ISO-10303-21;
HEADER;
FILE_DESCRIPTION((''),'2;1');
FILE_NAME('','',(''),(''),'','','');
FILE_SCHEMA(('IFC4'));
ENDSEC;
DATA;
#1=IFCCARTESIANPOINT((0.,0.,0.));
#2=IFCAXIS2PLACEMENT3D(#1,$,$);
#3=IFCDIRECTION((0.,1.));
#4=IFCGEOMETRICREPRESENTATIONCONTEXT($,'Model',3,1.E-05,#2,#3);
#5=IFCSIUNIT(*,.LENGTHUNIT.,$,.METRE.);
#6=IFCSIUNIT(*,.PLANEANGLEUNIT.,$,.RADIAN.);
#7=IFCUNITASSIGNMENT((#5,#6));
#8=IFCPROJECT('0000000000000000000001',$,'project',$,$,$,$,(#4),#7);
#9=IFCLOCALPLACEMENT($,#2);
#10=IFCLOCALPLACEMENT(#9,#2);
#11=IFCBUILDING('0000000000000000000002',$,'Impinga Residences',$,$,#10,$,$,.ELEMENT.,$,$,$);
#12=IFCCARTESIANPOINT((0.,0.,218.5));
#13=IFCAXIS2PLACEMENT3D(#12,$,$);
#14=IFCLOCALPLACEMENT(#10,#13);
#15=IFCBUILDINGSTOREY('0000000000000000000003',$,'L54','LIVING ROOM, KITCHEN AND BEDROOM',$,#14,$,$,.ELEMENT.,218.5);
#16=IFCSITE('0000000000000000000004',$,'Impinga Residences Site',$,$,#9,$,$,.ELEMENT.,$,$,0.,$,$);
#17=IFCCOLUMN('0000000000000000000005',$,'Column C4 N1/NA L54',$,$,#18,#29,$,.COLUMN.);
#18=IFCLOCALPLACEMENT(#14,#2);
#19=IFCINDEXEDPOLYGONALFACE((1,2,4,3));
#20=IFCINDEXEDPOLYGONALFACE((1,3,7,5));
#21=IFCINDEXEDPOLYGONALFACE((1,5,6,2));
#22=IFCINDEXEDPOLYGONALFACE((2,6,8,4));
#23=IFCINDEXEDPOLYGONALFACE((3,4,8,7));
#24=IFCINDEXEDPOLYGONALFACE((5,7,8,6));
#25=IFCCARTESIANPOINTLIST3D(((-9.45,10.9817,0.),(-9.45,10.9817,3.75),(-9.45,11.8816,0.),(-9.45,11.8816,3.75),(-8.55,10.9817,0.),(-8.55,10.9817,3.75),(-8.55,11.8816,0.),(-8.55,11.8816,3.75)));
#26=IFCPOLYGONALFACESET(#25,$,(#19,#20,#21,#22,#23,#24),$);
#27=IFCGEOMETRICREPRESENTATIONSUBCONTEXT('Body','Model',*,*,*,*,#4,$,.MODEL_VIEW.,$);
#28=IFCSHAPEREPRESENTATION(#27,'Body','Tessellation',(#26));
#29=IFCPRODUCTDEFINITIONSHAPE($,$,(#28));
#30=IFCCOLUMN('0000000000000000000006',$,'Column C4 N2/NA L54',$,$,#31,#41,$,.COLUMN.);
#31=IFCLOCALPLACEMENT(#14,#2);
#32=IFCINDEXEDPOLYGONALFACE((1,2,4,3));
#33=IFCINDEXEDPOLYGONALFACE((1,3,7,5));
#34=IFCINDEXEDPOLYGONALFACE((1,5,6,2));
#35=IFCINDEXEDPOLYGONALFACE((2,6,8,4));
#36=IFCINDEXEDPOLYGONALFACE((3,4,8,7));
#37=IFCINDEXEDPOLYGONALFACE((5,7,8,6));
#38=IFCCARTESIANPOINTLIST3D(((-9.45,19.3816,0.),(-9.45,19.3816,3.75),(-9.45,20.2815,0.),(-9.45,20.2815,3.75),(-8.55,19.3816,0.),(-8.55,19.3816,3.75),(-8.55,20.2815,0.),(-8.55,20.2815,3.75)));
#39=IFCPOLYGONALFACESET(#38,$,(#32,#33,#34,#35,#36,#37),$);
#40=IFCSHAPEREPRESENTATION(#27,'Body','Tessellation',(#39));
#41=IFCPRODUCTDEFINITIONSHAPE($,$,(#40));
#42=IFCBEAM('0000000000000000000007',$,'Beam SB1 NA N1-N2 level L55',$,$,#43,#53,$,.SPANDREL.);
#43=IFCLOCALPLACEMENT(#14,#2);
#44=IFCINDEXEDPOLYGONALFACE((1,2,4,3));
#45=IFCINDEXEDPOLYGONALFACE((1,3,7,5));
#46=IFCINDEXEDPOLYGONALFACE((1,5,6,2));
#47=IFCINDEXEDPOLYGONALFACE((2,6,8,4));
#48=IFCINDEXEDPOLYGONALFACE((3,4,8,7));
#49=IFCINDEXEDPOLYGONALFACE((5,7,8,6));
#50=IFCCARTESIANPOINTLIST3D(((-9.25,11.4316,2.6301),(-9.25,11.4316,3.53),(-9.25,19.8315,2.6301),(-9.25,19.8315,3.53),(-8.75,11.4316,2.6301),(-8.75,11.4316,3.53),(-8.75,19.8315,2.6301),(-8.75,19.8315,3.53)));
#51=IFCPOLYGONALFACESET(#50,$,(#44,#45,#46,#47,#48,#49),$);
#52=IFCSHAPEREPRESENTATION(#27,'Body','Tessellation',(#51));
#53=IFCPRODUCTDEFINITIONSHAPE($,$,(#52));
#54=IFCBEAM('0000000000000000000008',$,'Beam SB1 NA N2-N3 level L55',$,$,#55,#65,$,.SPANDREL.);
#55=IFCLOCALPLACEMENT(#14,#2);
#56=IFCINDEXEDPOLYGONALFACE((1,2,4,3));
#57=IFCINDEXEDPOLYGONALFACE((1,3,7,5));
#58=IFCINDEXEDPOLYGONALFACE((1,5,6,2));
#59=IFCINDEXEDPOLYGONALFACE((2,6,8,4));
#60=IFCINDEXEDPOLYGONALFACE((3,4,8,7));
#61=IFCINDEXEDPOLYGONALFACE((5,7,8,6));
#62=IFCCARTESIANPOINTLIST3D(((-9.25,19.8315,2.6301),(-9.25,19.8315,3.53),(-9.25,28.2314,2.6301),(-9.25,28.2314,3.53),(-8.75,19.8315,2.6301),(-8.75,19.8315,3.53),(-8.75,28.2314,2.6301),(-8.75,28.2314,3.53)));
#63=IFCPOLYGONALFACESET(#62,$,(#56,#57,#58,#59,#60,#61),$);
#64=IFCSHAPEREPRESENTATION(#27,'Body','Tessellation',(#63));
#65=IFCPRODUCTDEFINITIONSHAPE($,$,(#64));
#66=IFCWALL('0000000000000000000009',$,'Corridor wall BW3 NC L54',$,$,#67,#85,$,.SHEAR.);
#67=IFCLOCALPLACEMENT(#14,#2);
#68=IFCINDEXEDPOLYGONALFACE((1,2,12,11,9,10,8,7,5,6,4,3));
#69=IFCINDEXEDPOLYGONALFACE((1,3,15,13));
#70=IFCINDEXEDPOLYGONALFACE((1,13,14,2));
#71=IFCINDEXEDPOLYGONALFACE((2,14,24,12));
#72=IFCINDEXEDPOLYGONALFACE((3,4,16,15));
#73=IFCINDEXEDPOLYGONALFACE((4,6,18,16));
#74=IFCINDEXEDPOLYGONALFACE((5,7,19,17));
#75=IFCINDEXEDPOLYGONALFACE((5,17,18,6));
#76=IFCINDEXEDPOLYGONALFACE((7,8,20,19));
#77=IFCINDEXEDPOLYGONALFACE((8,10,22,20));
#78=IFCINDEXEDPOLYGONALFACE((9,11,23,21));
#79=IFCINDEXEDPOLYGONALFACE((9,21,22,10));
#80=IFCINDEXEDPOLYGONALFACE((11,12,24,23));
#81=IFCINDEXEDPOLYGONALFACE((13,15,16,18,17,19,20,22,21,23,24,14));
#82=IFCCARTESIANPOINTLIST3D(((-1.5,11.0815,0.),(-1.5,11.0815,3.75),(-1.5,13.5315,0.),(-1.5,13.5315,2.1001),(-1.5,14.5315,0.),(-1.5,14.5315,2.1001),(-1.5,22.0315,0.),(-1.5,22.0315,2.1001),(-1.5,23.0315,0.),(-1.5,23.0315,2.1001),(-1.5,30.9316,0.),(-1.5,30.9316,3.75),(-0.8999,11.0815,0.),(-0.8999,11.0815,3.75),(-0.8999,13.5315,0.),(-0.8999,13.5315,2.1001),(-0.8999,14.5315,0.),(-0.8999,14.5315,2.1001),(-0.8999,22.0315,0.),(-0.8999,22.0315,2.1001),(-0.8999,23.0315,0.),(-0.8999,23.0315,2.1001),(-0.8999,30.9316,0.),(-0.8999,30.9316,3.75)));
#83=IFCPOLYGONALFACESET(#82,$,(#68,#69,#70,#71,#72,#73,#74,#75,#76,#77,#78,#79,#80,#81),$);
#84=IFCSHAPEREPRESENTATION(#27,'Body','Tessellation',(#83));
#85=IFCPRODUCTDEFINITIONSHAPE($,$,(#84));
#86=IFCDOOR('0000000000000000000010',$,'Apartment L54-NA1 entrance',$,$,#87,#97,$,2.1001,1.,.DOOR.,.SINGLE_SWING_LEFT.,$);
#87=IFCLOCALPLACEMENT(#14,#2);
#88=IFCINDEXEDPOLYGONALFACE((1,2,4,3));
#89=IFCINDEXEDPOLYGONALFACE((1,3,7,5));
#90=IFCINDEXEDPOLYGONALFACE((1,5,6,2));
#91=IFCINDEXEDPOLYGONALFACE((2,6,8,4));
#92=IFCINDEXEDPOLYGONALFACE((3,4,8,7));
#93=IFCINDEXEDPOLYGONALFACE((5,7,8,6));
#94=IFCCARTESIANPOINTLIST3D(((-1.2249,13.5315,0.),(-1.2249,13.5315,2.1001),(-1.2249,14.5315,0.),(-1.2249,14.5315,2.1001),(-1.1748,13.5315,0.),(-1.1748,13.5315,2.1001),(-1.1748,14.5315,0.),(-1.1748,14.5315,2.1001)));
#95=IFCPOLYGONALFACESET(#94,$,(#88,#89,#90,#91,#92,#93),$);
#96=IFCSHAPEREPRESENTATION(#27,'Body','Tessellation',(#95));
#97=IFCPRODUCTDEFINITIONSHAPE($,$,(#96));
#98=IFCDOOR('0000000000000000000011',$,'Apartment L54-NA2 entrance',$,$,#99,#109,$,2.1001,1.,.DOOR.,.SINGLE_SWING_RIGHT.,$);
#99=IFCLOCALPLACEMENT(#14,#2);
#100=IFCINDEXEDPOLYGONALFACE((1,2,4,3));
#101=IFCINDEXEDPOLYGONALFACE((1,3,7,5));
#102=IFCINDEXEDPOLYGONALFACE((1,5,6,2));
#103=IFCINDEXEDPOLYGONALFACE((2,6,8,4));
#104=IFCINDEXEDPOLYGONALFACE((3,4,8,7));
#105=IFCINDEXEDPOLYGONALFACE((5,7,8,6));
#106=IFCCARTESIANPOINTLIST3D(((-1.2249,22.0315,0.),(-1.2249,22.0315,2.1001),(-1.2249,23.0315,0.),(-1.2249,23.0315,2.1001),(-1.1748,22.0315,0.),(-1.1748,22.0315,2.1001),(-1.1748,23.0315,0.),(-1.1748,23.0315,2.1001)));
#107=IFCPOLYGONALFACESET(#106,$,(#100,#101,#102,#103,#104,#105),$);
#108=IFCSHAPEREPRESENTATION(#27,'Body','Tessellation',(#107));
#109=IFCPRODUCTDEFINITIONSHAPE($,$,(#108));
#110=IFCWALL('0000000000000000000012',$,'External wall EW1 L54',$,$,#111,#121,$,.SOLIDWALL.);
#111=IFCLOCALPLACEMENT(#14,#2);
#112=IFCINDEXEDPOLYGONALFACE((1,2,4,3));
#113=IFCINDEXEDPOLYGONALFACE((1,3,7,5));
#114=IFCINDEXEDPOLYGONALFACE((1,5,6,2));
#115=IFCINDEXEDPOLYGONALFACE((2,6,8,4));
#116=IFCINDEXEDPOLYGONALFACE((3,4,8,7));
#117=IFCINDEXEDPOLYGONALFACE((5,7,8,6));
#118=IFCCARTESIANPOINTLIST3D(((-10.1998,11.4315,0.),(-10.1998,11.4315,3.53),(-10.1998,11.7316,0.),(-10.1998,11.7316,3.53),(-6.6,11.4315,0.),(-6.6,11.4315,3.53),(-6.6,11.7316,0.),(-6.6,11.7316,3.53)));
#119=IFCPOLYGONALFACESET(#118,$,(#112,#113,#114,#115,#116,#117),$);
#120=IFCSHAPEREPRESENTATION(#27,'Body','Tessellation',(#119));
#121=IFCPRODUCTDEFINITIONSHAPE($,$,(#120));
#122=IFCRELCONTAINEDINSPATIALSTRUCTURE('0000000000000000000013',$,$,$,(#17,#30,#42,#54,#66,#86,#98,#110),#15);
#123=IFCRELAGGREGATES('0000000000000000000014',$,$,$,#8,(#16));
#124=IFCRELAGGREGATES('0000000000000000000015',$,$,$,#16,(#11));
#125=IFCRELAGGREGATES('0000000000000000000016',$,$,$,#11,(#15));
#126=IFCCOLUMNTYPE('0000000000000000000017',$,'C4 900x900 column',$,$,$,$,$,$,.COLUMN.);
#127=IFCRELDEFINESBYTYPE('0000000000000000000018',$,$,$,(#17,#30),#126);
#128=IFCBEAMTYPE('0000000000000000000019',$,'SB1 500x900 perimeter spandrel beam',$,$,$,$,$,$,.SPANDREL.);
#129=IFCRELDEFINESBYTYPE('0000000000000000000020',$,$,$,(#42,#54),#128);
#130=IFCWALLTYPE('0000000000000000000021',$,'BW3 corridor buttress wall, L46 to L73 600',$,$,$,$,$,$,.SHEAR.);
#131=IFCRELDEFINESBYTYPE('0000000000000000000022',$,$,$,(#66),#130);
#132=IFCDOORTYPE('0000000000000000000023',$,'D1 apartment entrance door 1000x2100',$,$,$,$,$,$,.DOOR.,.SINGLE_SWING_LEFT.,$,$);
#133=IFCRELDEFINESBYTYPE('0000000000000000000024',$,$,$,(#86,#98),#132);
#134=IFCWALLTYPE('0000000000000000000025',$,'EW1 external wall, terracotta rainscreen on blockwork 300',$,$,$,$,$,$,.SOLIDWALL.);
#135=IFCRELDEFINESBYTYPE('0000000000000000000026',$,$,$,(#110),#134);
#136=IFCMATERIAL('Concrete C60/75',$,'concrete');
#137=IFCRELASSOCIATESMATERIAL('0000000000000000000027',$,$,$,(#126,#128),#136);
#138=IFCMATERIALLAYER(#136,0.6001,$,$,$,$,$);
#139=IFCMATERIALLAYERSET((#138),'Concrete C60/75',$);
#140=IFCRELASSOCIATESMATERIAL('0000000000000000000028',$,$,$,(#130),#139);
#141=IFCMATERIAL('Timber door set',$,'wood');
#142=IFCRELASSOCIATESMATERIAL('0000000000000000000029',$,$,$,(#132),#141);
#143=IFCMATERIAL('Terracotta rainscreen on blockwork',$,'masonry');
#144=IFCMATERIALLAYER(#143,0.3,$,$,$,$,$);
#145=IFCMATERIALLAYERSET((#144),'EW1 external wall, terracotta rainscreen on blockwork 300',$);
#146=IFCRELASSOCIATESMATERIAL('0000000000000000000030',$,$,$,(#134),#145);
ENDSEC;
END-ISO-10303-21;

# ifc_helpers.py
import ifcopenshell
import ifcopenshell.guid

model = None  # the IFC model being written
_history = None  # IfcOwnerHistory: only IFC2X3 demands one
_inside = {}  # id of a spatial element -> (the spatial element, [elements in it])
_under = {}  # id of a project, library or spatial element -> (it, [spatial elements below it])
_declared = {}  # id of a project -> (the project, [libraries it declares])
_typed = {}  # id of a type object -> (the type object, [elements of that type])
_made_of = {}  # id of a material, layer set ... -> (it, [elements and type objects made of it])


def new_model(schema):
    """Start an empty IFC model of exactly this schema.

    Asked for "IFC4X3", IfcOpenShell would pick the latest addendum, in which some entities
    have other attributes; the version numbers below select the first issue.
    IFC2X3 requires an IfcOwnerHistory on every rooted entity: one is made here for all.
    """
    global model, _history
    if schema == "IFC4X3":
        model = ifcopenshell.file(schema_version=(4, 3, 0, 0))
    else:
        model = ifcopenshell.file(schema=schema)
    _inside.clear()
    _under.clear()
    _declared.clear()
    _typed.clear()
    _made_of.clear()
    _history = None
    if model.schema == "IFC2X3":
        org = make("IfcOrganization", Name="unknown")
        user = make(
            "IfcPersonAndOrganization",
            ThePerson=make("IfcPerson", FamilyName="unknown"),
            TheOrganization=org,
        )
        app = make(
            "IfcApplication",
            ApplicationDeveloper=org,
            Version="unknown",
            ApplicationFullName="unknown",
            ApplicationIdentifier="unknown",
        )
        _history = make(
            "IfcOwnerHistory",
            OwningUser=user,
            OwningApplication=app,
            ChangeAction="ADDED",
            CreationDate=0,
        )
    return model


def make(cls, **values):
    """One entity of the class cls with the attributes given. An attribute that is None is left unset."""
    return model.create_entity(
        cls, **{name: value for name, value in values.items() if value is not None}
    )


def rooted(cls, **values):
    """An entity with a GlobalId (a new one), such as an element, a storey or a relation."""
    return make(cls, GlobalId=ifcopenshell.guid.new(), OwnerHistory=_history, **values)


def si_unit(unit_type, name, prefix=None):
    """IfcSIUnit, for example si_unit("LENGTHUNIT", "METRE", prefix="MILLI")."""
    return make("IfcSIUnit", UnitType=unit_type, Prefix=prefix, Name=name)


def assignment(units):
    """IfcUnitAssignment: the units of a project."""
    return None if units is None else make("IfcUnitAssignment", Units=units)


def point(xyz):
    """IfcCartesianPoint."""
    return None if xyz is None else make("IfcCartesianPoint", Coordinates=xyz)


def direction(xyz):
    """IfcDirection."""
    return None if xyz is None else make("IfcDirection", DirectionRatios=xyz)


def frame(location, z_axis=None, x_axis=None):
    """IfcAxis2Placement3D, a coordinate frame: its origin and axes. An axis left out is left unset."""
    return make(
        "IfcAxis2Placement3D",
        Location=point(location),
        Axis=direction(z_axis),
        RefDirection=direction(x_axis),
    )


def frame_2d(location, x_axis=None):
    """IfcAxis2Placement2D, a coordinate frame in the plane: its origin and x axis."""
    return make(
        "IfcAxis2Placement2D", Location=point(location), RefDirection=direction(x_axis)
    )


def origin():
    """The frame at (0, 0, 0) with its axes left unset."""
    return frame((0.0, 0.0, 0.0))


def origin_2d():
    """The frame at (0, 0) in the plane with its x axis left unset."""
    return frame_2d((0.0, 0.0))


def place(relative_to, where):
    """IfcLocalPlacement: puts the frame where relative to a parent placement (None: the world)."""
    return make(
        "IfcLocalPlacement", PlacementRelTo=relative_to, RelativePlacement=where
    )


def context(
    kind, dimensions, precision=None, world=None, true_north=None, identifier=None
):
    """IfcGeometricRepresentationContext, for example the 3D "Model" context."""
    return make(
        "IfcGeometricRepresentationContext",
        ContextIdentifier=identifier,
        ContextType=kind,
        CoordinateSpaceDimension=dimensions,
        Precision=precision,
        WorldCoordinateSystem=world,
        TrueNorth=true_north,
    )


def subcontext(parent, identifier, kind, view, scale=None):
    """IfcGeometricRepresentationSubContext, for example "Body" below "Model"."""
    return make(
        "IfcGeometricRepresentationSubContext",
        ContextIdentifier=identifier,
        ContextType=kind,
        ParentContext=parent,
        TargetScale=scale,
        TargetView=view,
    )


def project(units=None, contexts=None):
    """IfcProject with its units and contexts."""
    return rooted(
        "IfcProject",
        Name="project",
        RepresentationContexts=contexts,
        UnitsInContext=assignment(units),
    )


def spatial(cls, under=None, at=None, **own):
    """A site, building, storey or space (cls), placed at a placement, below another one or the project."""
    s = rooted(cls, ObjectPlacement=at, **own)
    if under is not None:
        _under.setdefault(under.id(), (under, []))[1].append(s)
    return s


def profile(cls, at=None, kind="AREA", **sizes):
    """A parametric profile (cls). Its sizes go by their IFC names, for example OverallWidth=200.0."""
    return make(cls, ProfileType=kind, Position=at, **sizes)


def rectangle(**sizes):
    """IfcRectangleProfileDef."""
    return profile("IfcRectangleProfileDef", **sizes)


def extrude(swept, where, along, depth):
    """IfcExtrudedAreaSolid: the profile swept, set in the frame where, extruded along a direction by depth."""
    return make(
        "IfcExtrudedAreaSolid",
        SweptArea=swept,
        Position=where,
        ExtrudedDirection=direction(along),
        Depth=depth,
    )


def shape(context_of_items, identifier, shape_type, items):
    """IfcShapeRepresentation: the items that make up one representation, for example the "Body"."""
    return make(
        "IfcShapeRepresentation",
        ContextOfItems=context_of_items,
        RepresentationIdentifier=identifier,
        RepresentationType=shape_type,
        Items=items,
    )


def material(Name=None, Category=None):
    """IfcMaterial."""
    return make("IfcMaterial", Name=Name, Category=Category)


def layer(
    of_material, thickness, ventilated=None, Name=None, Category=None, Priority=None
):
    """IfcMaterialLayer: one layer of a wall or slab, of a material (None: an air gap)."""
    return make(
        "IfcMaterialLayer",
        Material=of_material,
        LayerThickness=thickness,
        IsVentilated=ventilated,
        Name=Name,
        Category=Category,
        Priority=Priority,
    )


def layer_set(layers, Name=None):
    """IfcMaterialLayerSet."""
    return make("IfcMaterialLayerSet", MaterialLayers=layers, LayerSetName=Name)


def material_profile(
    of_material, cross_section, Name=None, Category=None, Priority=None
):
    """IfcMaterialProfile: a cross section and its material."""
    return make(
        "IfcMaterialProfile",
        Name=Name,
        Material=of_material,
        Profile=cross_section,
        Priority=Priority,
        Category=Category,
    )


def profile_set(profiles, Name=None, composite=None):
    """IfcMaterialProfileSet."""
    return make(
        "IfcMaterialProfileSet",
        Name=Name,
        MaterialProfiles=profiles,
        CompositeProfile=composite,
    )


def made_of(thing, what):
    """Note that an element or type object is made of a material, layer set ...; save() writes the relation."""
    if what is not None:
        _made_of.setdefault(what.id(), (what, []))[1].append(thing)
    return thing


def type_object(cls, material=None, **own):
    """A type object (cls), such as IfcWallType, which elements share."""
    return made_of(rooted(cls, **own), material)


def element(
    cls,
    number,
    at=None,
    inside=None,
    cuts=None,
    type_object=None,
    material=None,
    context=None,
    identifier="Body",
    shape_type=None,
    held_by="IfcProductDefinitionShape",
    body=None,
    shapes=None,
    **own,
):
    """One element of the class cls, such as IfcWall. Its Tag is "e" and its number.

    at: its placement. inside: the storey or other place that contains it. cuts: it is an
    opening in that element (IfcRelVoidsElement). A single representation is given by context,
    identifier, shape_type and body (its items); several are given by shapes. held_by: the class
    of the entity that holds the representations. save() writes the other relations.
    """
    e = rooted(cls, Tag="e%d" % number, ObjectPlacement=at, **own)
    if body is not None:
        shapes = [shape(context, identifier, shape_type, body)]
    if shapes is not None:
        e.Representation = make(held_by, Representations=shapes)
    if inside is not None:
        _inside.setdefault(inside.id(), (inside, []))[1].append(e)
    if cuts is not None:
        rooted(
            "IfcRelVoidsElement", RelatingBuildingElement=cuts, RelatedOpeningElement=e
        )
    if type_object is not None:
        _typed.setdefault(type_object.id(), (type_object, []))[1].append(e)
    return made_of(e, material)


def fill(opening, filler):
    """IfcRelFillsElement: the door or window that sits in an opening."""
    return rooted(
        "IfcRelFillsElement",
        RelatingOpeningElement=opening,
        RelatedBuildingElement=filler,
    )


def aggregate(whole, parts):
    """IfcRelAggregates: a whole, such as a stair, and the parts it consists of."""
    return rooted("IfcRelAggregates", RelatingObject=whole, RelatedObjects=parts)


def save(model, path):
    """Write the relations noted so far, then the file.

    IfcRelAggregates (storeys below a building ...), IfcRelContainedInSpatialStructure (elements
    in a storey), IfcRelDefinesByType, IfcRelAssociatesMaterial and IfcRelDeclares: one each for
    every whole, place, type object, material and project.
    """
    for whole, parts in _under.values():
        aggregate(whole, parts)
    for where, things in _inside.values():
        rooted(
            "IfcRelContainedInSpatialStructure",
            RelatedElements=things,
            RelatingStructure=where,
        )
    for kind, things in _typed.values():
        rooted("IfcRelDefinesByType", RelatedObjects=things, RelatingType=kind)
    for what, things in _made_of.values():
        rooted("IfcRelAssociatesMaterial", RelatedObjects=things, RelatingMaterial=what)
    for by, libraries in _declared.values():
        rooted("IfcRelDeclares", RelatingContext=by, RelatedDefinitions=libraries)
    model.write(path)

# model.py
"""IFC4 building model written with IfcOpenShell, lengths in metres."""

from ifc_helpers import new_model, si_unit, direction, frame, frame_2d, origin, origin_2d, place, context, subcontext, project, spatial, rectangle, extrude, material, layer, layer_set, material_profile, profile_set, type_object, element, fill, save


model = new_model("IFC4")

# Units and contexts
model_context = context("Model", 3, precision=1e-05, world=origin(), true_north=direction((0.0, 1.0)))
body_context = subcontext(model_context, "Body", "Model", "MODEL_VIEW")
ifc_project = project(units=[si_unit("LENGTHUNIT", "METRE"), si_unit("PLANEANGLEUNIT", "RADIAN")], contexts=[model_context])

# Site, building, storey
site_placement = place(None, origin())
site = spatial("IfcSite", under=ifc_project, at=site_placement, Name="Impinga Residences Site", CompositionType="ELEMENT", RefElevation=0.0)
building_placement = place(site_placement, origin())
building = spatial("IfcBuilding", under=site, at=building_placement, Name="Impinga Residences", CompositionType="ELEMENT")
storey_placement = place(building_placement, frame((0.0, 0.0, 218.5)))
storey = spatial("IfcBuildingStorey", under=building, at=storey_placement, Name="L54", Description="LIVING ROOM, KITCHEN AND BEDROOM", CompositionType="ELEMENT", Elevation=218.5)

# Columns
ifc_material_1 = material(Name="Concrete C60/75", Category="concrete")
ifc_material_profile_1 = material_profile(ifc_material_1, rectangle(XDim=0.8999, YDim=0.8999, at=origin_2d()), Name="RC 900x900")
ifc_profile_set_1 = profile_set([ifc_material_profile_1], Name="Concrete C60/75")
column_type = type_object("IfcColumnType", Name="C4 900x900 column", PredefinedType="COLUMN", material=ifc_profile_set_1)
for number, where, z_axis, x_axis, name in (
    (1, (-9.0, 11.4316, 0.0), (0.0, 0.0, 1.0), (1.0, 0.0, 0.0), "Column C4 N1/NA L54"),
    (2, (-9.0, 19.8315, 0.0), (0.0, 0.0, 1.0), (1.0, 0.0, 0.0), "Column C4 N2/NA L54"),
):
    element("IfcColumn", number, at=place(storey_placement, frame(where, z_axis=z_axis, x_axis=x_axis)), inside=storey, type_object=column_type, Name=name, PredefinedType="COLUMN", context=body_context, shape_type="SweptSolid", body=[
        extrude(rectangle(XDim=0.8999, YDim=0.8999, at=origin_2d()), origin(), (0.0, 0.0, 1.0), 3.75),
    ])

# Beams
ifc_material_profile_2 = material_profile(ifc_material_1, rectangle(XDim=0.5, YDim=0.8999, at=origin_2d()), Name="RC 500x900")
ifc_profile_set_2 = profile_set([ifc_material_profile_2], Name="Concrete C60/75")
beam_type = type_object("IfcBeamType", Name="SB1 500x900 perimeter spandrel beam", PredefinedType="SPANDREL", material=ifc_profile_set_2)
for number, where, z_axis, x_axis, name in (
    (3, (-9.0, 11.4316, 3.0801), (0.0, 1.0, 0.0), (-1.0, 0.0, 0.0), "Beam SB1 NA N1-N2 level L55"),
    (4, (-9.0, 19.8315, 3.0801), (0.0, 1.0, 0.0), (-1.0, 0.0, 0.0), "Beam SB1 NA N2-N3 level L55"),
):
    element("IfcBeam", number, at=place(storey_placement, frame(where, z_axis=z_axis, x_axis=x_axis)), inside=storey, type_object=beam_type, Name=name, PredefinedType="SPANDREL", context=body_context, shape_type="SweptSolid", body=[
        extrude(rectangle(XDim=0.5, YDim=0.8999, at=origin_2d()), origin(), (0.0, 0.0, 1.0), 8.3999),
    ])

# Wall, openings, doors
ifc_layer_1 = layer(ifc_material_1, 0.6001)
ifc_layer_set_1 = layer_set([ifc_layer_1], Name="Concrete C60/75")
wall_type_1 = type_object("IfcWallType", Name="BW3 corridor buttress wall, L46 to L73 600", PredefinedType="SHEAR", material=ifc_layer_set_1)
wall_1_placement = place(storey_placement, frame((-1.2, 11.0815, 0.0), z_axis=(0.0, 0.0, 1.0), x_axis=(0.0, 1.0, 0.0)))
wall_1 = element("IfcWall", 5, at=wall_1_placement, inside=storey, type_object=wall_type_1, Name="Corridor wall BW3 NC L54", PredefinedType="SHEAR", context=body_context, shape_type="SweptSolid", body=[
    extrude(rectangle(XDim=19.8501, YDim=0.6001, at=frame_2d((9.925, 0.0))), origin(), (0.0, 0.0, 1.0), 3.75),
])
opening_1_placement = place(wall_1_placement, frame((2.45, 0.0, 0.0)))
opening_1 = element("IfcOpeningElement", 6, at=opening_1_placement, cuts=wall_1, PredefinedType="OPENING", context=body_context, shape_type="SweptSolid", body=[
    extrude(rectangle(XDim=1.0, YDim=2.1001, at=frame_2d((0.5, 1.05))), frame((0.0, 0.3101, 0.0), z_axis=(0.0, -1.0, 0.0), x_axis=(1.0, 0.0, 0.0)), (0.0, 0.0, 1.0), 0.6201),
])
opening_2_placement = place(wall_1_placement, frame((10.95, 0.0, 0.0)))
opening_2 = element("IfcOpeningElement", 7, at=opening_2_placement, cuts=wall_1, PredefinedType="OPENING", context=body_context, shape_type="SweptSolid", body=[
    extrude(rectangle(XDim=1.0, YDim=2.1001, at=frame_2d((0.5, 1.05))), frame((0.0, 0.3101, 0.0), z_axis=(0.0, -1.0, 0.0), x_axis=(1.0, 0.0, 0.0)), (0.0, 0.0, 1.0), 0.6201),
])
ifc_material_2 = material(Name="Timber door set", Category="wood")
door_type_1 = type_object("IfcDoorType", Name="D1 apartment entrance door 1000x2100", OperationType="SINGLE_SWING_LEFT", PredefinedType="DOOR", material=ifc_material_2)
door_1_placement = place(opening_1_placement, origin())
door_1 = element("IfcDoor", 8, at=door_1_placement, inside=storey, type_object=door_type_1, Name="Apartment L54-NA1 entrance", OperationType="SINGLE_SWING_LEFT", OverallHeight=2.1001, OverallWidth=1.0, PredefinedType="DOOR", context=body_context, shape_type="SweptSolid", body=[
    extrude(rectangle(XDim=1.0, YDim=2.1001, at=frame_2d((0.5, 1.05))), frame((0.0, 0.0249, 0.0), z_axis=(0.0, -1.0, 0.0), x_axis=(1.0, 0.0, 0.0)), (0.0, 0.0, 1.0), 0.05),
])
fill(opening_1, door_1)
door_2_placement = place(opening_2_placement, origin())
door_2 = element("IfcDoor", 9, at=door_2_placement, inside=storey, type_object=door_type_1, Name="Apartment L54-NA2 entrance", OperationType="SINGLE_SWING_RIGHT", OverallHeight=2.1001, OverallWidth=1.0, PredefinedType="DOOR", context=body_context, shape_type="SweptSolid", body=[
    extrude(rectangle(XDim=1.0, YDim=2.1001, at=frame_2d((0.5, 1.05))), frame((0.0, 0.0249, 0.0), z_axis=(0.0, -1.0, 0.0), x_axis=(1.0, 0.0, 0.0)), (0.0, 0.0, 1.0), 0.05),
])
fill(opening_2, door_2)

# Wall
ifc_material_3 = material(Name="Terracotta rainscreen on blockwork", Category="masonry")
ifc_layer_2 = layer(ifc_material_3, 0.3)
ifc_layer_set_2 = layer_set([ifc_layer_2], Name="EW1 external wall, terracotta rainscreen on blockwork 300")
wall_type_2 = type_object("IfcWallType", Name="EW1 external wall, terracotta rainscreen on blockwork 300", PredefinedType="SOLIDWALL", material=ifc_layer_set_2)
wall_2_placement = place(storey_placement, frame((-6.6001, 11.5815, 0.0), z_axis=(0.0, 0.0, 1.0), x_axis=(-1.0, 0.0, 0.0)))
element("IfcWall", 10, at=wall_2_placement, inside=storey, type_object=wall_type_2, Name="External wall EW1 L54", PredefinedType="SOLIDWALL", context=body_context, shape_type="SweptSolid", body=[
    extrude(rectangle(XDim=3.5999, YDim=0.3, at=frame_2d((1.7998, 0.0))), origin(), (0.0, 0.0, 1.0), 3.53),
])

save(model, "model.ifc")
